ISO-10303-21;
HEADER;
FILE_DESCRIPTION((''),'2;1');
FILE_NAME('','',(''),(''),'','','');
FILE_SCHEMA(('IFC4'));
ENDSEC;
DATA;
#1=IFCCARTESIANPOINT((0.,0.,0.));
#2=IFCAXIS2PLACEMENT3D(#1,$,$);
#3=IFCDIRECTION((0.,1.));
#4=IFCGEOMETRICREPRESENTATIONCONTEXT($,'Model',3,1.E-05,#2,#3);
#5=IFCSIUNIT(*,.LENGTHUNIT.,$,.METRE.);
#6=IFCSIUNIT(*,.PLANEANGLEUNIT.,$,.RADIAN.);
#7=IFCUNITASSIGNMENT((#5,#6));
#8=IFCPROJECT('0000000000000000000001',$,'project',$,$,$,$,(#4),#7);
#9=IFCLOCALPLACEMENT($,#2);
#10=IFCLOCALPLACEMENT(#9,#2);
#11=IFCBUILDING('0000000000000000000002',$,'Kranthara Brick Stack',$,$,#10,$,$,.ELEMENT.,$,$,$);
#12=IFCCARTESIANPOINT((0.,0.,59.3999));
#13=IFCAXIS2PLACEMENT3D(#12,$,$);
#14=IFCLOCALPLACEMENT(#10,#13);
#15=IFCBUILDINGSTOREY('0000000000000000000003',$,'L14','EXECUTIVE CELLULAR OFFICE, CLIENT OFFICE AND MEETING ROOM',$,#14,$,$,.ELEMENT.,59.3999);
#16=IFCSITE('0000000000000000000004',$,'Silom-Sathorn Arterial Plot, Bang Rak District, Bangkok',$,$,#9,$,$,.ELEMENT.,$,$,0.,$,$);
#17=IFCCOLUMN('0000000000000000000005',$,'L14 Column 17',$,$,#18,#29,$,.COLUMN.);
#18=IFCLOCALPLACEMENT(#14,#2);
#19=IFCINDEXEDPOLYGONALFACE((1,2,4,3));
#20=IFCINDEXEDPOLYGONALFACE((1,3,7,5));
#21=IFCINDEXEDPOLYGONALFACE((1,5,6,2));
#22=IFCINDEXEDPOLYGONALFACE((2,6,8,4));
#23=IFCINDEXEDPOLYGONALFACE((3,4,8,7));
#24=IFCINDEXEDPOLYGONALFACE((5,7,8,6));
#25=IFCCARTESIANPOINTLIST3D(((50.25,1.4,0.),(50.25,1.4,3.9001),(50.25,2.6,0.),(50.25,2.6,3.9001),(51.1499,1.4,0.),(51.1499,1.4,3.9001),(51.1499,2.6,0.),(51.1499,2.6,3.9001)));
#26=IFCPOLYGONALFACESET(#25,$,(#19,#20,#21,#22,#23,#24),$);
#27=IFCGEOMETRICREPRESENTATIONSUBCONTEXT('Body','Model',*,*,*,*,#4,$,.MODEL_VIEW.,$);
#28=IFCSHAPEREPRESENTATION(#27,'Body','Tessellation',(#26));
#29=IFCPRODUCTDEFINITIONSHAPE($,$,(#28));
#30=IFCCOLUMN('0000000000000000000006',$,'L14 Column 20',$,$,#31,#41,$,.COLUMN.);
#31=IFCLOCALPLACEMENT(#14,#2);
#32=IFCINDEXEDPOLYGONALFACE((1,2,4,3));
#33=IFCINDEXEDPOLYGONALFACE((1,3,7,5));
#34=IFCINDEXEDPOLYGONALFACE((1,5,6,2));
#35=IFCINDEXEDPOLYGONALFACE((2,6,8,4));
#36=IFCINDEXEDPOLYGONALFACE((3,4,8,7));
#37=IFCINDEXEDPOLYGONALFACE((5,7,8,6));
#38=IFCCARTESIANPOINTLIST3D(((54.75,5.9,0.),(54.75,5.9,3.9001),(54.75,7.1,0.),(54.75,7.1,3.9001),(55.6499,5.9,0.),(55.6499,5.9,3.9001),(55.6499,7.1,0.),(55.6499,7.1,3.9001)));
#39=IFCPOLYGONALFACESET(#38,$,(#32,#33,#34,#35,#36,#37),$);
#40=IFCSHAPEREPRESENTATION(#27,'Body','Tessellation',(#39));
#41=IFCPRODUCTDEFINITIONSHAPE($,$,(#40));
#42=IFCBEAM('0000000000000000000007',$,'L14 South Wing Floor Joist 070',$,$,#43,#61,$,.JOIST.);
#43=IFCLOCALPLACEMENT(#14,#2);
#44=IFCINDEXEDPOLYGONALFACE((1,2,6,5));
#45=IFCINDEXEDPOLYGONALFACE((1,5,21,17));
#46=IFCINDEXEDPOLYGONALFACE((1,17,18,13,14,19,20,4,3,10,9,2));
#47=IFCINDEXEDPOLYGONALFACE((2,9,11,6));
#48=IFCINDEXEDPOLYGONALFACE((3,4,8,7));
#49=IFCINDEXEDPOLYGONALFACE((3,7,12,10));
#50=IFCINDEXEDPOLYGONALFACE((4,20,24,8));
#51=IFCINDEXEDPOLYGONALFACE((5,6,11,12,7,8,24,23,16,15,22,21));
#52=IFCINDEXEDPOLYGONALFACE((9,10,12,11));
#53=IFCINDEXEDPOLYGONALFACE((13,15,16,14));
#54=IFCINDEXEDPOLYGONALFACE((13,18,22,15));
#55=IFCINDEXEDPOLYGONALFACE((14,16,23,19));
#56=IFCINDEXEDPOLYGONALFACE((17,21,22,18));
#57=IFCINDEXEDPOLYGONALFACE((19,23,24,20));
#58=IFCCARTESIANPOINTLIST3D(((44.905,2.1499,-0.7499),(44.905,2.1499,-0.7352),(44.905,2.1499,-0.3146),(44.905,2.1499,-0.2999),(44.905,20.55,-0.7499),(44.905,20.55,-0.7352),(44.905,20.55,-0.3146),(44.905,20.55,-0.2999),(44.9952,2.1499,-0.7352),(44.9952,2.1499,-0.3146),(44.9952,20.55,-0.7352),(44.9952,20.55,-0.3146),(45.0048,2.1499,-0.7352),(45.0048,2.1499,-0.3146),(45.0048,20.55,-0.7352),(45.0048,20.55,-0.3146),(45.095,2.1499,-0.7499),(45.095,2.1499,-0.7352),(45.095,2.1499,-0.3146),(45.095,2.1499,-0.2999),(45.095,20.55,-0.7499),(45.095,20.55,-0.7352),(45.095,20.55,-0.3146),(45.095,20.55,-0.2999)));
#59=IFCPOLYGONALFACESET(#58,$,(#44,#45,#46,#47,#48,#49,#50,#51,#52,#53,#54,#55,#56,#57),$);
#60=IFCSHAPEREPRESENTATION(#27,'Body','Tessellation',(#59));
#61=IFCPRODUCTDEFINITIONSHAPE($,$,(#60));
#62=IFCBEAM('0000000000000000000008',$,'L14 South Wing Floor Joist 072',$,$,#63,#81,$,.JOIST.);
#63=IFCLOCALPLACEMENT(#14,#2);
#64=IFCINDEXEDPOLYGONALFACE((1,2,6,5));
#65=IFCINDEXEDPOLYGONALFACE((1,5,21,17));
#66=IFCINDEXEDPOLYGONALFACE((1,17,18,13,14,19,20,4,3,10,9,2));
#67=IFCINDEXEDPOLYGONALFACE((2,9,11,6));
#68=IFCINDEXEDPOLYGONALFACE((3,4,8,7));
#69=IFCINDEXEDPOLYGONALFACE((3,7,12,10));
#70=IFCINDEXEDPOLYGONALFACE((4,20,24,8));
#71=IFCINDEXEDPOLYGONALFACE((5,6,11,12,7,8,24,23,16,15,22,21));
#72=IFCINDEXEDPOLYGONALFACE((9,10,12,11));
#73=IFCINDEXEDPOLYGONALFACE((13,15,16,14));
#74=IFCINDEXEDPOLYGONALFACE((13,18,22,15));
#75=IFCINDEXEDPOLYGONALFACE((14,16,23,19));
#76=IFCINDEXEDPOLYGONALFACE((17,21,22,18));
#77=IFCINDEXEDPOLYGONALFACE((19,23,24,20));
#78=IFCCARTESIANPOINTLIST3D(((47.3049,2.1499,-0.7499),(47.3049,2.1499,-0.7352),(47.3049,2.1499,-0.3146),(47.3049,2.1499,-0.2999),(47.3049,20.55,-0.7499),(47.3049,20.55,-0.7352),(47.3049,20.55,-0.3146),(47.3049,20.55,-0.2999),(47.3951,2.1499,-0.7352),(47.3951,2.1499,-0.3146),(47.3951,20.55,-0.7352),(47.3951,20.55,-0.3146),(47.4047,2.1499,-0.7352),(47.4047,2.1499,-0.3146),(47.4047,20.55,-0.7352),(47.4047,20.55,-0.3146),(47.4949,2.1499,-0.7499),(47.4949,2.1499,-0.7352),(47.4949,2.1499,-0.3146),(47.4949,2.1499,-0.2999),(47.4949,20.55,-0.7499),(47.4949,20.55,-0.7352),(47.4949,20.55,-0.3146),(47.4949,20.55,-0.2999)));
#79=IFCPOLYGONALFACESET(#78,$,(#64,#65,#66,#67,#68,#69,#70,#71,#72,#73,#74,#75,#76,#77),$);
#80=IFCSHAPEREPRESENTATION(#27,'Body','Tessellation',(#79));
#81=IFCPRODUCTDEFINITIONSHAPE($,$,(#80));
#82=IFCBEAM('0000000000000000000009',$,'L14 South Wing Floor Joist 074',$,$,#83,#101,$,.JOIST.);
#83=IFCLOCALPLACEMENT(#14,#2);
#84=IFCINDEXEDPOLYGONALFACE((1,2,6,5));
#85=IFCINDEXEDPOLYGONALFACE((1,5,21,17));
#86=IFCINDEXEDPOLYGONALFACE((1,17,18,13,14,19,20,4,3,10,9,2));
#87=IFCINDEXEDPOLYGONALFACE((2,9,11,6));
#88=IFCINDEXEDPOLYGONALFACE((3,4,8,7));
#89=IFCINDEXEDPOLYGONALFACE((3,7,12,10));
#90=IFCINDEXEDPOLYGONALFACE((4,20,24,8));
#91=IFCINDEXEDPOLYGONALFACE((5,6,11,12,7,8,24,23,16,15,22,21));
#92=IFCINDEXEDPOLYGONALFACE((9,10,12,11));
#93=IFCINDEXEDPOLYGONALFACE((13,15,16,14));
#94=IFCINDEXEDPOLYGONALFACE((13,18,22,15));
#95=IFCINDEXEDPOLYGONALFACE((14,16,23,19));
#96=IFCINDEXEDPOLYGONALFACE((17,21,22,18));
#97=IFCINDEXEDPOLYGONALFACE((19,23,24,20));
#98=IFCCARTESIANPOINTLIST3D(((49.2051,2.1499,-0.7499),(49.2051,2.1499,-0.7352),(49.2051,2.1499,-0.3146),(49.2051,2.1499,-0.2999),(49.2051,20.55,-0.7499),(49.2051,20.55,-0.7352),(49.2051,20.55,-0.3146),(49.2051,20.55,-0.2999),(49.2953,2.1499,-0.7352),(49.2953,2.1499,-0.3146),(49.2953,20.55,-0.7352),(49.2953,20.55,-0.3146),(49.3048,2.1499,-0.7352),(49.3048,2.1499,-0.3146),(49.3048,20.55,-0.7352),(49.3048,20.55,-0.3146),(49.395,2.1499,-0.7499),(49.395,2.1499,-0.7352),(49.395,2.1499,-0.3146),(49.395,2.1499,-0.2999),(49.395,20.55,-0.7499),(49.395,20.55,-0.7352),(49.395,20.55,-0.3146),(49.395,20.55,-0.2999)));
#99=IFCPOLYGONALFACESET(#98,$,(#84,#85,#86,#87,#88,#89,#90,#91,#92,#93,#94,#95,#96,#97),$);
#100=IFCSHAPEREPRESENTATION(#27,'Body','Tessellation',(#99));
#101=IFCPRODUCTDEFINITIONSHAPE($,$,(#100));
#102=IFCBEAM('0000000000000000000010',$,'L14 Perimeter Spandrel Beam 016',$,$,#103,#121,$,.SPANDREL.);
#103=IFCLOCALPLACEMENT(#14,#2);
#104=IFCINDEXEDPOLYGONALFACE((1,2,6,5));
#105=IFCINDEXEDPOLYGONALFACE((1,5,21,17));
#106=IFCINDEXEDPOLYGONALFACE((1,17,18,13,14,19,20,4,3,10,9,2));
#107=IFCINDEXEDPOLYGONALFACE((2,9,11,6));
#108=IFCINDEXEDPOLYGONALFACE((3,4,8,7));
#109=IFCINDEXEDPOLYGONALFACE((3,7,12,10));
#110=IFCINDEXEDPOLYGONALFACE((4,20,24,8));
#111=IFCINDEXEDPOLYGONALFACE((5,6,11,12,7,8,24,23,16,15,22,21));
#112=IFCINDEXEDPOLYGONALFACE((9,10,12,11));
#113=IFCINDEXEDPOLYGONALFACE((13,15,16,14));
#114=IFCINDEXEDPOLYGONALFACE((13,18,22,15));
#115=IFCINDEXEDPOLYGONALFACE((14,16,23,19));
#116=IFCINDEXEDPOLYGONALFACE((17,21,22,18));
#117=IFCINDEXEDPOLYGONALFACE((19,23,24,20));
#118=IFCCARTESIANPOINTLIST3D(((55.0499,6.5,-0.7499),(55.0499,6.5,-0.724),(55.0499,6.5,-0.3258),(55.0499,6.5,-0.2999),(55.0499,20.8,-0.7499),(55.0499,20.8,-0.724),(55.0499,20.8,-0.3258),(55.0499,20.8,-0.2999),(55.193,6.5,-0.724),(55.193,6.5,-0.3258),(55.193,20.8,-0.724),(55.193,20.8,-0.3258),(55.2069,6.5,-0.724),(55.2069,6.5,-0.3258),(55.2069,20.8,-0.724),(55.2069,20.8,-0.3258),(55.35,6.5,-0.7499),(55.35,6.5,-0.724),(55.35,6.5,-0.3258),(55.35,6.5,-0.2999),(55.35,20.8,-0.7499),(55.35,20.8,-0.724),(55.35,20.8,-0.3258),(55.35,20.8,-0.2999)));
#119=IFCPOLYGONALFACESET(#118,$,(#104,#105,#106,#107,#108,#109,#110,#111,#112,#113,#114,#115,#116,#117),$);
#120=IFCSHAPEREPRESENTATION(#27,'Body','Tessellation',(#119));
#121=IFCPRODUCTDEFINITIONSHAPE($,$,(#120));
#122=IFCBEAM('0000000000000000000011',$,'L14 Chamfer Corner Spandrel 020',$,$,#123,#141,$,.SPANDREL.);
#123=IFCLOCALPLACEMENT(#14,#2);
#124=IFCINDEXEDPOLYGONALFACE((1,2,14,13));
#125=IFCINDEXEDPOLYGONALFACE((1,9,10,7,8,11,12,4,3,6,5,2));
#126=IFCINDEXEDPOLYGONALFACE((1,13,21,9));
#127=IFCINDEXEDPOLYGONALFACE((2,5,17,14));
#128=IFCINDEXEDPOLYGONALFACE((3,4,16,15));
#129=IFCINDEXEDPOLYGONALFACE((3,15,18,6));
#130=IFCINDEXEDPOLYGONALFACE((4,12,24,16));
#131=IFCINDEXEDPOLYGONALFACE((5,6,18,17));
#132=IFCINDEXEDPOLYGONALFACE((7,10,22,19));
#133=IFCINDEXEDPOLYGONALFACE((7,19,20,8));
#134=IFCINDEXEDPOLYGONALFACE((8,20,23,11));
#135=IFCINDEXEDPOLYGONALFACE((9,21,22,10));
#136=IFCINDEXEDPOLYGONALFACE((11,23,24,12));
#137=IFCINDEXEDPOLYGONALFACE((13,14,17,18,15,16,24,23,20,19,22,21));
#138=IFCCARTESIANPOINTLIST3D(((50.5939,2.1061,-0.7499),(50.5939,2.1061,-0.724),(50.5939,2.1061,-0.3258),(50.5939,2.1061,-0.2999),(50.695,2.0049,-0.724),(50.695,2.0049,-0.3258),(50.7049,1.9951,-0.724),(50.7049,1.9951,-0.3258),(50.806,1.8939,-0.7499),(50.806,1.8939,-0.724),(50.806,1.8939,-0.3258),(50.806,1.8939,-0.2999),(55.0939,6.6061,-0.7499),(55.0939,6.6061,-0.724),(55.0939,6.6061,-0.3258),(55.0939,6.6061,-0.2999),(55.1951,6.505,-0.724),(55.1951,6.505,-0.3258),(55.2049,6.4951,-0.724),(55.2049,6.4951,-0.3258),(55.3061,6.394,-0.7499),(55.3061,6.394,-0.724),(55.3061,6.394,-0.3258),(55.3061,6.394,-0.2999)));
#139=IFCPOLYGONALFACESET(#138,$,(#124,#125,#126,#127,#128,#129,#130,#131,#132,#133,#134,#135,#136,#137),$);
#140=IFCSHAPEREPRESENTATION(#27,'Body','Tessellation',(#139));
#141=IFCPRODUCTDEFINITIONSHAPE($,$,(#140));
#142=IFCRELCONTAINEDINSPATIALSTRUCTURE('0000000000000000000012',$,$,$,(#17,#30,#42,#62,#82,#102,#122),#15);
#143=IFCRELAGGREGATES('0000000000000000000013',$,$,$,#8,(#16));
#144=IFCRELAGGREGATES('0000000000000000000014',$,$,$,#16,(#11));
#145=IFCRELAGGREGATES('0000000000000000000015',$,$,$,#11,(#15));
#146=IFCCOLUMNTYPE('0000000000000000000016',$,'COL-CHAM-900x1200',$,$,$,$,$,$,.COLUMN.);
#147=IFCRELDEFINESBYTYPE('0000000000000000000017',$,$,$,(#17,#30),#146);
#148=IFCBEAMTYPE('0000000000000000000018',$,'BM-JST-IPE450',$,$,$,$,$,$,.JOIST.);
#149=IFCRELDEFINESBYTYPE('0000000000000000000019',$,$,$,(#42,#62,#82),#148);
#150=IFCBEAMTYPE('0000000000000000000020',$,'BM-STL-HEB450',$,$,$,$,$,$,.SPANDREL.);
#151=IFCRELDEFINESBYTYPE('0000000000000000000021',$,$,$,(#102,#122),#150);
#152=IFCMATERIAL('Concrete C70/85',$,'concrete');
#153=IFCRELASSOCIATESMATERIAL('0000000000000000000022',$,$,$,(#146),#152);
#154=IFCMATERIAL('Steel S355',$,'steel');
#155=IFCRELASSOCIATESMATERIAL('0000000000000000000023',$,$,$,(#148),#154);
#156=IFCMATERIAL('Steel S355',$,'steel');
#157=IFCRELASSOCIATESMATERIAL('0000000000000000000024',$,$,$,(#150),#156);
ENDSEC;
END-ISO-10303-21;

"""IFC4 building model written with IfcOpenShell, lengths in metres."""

from ifc_helpers import new_model, si_unit, direction, frame, origin, origin_2d, place, context, subcontext, project, spatial, rectangle, i_section, extrude, material, material_profile, profile_set, type_object, element, save


model = new_model("IFC4")

# Units and contexts
model_context = context("Model", 3, precision=1e-05, world=origin(), true_north=direction((0.0, 1.0)))
body_context = subcontext(model_context, "Body", "Model", "MODEL_VIEW")
ifc_project = project(units=[si_unit("LENGTHUNIT", "METRE"), si_unit("PLANEANGLEUNIT", "RADIAN")], contexts=[model_context])

# Site, building, storey
site_placement = place(None, origin())
site = spatial("IfcSite", under=ifc_project, at=site_placement, Name="Silom-Sathorn Arterial Plot, Bang Rak District, Bangkok", CompositionType="ELEMENT", RefElevation=0.0)
building_placement = place(site_placement, origin())
building = spatial("IfcBuilding", under=site, at=building_placement, Name="Kranthara Brick Stack", CompositionType="ELEMENT")
storey_placement = place(building_placement, frame((0.0, 0.0, 59.3999)))
storey = spatial("IfcBuildingStorey", under=building, at=storey_placement, Name="L14", Description="EXECUTIVE CELLULAR OFFICE, CLIENT OFFICE AND MEETING ROOM", CompositionType="ELEMENT", Elevation=59.3999)

# Columns
ifc_material_1 = material(Name="Concrete C70/85", Category="concrete")
ifc_material_profile_1 = material_profile(ifc_material_1, rectangle(XDim=0.8999, YDim=1.2, at=origin_2d()), Name="RC 900x1200")
ifc_profile_set_1 = profile_set([ifc_material_profile_1], Name="Concrete C70/85")
column_type = type_object("IfcColumnType", Name="COL-CHAM-900x1200", PredefinedType="COLUMN", material=ifc_profile_set_1)
for number, where, z_axis, x_axis, name in (
    (1, (50.7, 2.0, 0.0), (0.0, 0.0, 1.0), (1.0, 0.0, 0.0), "L14 Column 17"),
    (2, (55.2, 6.5, 0.0), (0.0, 0.0, 1.0), (1.0, 0.0, 0.0), "L14 Column 20"),
):
    element("IfcColumn", number, at=place(storey_placement, frame(where, z_axis=z_axis, x_axis=x_axis)), inside=storey, type_object=column_type, Name=name, PredefinedType="COLUMN", context=body_context, shape_type="SweptSolid", body=[
        extrude(rectangle(XDim=0.8999, YDim=1.2, at=origin_2d()), origin(), (0.0, 0.0, 1.0), 3.9001),
    ])

# Beams
ifc_material_2 = material(Name="Steel S355", Category="steel")
ifc_material_profile_2 = material_profile(ifc_material_2, i_section(OverallWidth=0.1899, OverallDepth=0.45, WebThickness=0.0095, FlangeThickness=0.0146, at=origin_2d()), Name="IPE 450")
ifc_profile_set_2 = profile_set([ifc_material_profile_2], Name="Steel S355")
beam_type_1 = type_object("IfcBeamType", Name="BM-JST-IPE450", PredefinedType="JOIST", material=ifc_profile_set_2)
for number, where, z_axis, x_axis, name in (
    (3, (45.0, 2.1499, -0.5249), (0.0, 1.0, 0.0), (-1.0, 0.0, 0.0), "L14 South Wing Floor Joist 070"),
    (4, (47.3999, 2.1499, -0.5249), (0.0, 1.0, 0.0), (-1.0, 0.0, 0.0), "L14 South Wing Floor Joist 072"),
    (5, (49.3, 2.1499, -0.5249), (0.0, 1.0, 0.0), (-1.0, 0.0, 0.0), "L14 South Wing Floor Joist 074"),
):
    element("IfcBeam", number, at=place(storey_placement, frame(where, z_axis=z_axis, x_axis=x_axis)), inside=storey, type_object=beam_type_1, Name=name, PredefinedType="JOIST", context=body_context, shape_type="SweptSolid", body=[
        extrude(i_section(OverallWidth=0.1899, OverallDepth=0.45, WebThickness=0.0095, FlangeThickness=0.0146, at=origin_2d()), origin(), (0.0, 0.0, 1.0), 18.4001),
    ])
ifc_material_3 = material(Name="Steel S355", Category="steel")
ifc_material_profile_3 = material_profile(ifc_material_3, i_section(OverallWidth=0.3, OverallDepth=0.45, WebThickness=0.0139, FlangeThickness=0.0259, at=origin_2d()), Name="HEB 450")
ifc_profile_set_3 = profile_set([ifc_material_profile_3], Name="Steel S355")
beam_type_2 = type_object("IfcBeamType", Name="BM-STL-HEB450", PredefinedType="SPANDREL", material=ifc_profile_set_3)
beam_1_placement = place(storey_placement, frame((55.2, 6.5, -0.5249), z_axis=(0.0, 1.0, 0.0), x_axis=(-1.0, 0.0, 0.0)))
element("IfcBeam", 6, at=beam_1_placement, inside=storey, type_object=beam_type_2, Name="L14 Perimeter Spandrel Beam 016", PredefinedType="SPANDREL", context=body_context, shape_type="SweptSolid", body=[
    extrude(i_section(OverallWidth=0.3, OverallDepth=0.45, WebThickness=0.0139, FlangeThickness=0.0259, at=origin_2d()), origin(), (0.0, 0.0, 1.0), 14.3),
])
beam_2_placement = place(storey_placement, frame((50.7, 2.0, -0.5249), z_axis=(0.707107, 0.707107, 0.0), x_axis=(-0.707107, 0.707107, 0.0)))
element("IfcBeam", 7, at=beam_2_placement, inside=storey, type_object=beam_type_2, Name="L14 Chamfer Corner Spandrel 020", PredefinedType="SPANDREL", context=body_context, shape_type="SweptSolid", body=[
    extrude(i_section(OverallWidth=0.3, OverallDepth=0.45, WebThickness=0.0139, FlangeThickness=0.0259, at=origin_2d()), origin(), (0.0, 0.0, 1.0), 6.364),
])

save(model, "model.ifc")
